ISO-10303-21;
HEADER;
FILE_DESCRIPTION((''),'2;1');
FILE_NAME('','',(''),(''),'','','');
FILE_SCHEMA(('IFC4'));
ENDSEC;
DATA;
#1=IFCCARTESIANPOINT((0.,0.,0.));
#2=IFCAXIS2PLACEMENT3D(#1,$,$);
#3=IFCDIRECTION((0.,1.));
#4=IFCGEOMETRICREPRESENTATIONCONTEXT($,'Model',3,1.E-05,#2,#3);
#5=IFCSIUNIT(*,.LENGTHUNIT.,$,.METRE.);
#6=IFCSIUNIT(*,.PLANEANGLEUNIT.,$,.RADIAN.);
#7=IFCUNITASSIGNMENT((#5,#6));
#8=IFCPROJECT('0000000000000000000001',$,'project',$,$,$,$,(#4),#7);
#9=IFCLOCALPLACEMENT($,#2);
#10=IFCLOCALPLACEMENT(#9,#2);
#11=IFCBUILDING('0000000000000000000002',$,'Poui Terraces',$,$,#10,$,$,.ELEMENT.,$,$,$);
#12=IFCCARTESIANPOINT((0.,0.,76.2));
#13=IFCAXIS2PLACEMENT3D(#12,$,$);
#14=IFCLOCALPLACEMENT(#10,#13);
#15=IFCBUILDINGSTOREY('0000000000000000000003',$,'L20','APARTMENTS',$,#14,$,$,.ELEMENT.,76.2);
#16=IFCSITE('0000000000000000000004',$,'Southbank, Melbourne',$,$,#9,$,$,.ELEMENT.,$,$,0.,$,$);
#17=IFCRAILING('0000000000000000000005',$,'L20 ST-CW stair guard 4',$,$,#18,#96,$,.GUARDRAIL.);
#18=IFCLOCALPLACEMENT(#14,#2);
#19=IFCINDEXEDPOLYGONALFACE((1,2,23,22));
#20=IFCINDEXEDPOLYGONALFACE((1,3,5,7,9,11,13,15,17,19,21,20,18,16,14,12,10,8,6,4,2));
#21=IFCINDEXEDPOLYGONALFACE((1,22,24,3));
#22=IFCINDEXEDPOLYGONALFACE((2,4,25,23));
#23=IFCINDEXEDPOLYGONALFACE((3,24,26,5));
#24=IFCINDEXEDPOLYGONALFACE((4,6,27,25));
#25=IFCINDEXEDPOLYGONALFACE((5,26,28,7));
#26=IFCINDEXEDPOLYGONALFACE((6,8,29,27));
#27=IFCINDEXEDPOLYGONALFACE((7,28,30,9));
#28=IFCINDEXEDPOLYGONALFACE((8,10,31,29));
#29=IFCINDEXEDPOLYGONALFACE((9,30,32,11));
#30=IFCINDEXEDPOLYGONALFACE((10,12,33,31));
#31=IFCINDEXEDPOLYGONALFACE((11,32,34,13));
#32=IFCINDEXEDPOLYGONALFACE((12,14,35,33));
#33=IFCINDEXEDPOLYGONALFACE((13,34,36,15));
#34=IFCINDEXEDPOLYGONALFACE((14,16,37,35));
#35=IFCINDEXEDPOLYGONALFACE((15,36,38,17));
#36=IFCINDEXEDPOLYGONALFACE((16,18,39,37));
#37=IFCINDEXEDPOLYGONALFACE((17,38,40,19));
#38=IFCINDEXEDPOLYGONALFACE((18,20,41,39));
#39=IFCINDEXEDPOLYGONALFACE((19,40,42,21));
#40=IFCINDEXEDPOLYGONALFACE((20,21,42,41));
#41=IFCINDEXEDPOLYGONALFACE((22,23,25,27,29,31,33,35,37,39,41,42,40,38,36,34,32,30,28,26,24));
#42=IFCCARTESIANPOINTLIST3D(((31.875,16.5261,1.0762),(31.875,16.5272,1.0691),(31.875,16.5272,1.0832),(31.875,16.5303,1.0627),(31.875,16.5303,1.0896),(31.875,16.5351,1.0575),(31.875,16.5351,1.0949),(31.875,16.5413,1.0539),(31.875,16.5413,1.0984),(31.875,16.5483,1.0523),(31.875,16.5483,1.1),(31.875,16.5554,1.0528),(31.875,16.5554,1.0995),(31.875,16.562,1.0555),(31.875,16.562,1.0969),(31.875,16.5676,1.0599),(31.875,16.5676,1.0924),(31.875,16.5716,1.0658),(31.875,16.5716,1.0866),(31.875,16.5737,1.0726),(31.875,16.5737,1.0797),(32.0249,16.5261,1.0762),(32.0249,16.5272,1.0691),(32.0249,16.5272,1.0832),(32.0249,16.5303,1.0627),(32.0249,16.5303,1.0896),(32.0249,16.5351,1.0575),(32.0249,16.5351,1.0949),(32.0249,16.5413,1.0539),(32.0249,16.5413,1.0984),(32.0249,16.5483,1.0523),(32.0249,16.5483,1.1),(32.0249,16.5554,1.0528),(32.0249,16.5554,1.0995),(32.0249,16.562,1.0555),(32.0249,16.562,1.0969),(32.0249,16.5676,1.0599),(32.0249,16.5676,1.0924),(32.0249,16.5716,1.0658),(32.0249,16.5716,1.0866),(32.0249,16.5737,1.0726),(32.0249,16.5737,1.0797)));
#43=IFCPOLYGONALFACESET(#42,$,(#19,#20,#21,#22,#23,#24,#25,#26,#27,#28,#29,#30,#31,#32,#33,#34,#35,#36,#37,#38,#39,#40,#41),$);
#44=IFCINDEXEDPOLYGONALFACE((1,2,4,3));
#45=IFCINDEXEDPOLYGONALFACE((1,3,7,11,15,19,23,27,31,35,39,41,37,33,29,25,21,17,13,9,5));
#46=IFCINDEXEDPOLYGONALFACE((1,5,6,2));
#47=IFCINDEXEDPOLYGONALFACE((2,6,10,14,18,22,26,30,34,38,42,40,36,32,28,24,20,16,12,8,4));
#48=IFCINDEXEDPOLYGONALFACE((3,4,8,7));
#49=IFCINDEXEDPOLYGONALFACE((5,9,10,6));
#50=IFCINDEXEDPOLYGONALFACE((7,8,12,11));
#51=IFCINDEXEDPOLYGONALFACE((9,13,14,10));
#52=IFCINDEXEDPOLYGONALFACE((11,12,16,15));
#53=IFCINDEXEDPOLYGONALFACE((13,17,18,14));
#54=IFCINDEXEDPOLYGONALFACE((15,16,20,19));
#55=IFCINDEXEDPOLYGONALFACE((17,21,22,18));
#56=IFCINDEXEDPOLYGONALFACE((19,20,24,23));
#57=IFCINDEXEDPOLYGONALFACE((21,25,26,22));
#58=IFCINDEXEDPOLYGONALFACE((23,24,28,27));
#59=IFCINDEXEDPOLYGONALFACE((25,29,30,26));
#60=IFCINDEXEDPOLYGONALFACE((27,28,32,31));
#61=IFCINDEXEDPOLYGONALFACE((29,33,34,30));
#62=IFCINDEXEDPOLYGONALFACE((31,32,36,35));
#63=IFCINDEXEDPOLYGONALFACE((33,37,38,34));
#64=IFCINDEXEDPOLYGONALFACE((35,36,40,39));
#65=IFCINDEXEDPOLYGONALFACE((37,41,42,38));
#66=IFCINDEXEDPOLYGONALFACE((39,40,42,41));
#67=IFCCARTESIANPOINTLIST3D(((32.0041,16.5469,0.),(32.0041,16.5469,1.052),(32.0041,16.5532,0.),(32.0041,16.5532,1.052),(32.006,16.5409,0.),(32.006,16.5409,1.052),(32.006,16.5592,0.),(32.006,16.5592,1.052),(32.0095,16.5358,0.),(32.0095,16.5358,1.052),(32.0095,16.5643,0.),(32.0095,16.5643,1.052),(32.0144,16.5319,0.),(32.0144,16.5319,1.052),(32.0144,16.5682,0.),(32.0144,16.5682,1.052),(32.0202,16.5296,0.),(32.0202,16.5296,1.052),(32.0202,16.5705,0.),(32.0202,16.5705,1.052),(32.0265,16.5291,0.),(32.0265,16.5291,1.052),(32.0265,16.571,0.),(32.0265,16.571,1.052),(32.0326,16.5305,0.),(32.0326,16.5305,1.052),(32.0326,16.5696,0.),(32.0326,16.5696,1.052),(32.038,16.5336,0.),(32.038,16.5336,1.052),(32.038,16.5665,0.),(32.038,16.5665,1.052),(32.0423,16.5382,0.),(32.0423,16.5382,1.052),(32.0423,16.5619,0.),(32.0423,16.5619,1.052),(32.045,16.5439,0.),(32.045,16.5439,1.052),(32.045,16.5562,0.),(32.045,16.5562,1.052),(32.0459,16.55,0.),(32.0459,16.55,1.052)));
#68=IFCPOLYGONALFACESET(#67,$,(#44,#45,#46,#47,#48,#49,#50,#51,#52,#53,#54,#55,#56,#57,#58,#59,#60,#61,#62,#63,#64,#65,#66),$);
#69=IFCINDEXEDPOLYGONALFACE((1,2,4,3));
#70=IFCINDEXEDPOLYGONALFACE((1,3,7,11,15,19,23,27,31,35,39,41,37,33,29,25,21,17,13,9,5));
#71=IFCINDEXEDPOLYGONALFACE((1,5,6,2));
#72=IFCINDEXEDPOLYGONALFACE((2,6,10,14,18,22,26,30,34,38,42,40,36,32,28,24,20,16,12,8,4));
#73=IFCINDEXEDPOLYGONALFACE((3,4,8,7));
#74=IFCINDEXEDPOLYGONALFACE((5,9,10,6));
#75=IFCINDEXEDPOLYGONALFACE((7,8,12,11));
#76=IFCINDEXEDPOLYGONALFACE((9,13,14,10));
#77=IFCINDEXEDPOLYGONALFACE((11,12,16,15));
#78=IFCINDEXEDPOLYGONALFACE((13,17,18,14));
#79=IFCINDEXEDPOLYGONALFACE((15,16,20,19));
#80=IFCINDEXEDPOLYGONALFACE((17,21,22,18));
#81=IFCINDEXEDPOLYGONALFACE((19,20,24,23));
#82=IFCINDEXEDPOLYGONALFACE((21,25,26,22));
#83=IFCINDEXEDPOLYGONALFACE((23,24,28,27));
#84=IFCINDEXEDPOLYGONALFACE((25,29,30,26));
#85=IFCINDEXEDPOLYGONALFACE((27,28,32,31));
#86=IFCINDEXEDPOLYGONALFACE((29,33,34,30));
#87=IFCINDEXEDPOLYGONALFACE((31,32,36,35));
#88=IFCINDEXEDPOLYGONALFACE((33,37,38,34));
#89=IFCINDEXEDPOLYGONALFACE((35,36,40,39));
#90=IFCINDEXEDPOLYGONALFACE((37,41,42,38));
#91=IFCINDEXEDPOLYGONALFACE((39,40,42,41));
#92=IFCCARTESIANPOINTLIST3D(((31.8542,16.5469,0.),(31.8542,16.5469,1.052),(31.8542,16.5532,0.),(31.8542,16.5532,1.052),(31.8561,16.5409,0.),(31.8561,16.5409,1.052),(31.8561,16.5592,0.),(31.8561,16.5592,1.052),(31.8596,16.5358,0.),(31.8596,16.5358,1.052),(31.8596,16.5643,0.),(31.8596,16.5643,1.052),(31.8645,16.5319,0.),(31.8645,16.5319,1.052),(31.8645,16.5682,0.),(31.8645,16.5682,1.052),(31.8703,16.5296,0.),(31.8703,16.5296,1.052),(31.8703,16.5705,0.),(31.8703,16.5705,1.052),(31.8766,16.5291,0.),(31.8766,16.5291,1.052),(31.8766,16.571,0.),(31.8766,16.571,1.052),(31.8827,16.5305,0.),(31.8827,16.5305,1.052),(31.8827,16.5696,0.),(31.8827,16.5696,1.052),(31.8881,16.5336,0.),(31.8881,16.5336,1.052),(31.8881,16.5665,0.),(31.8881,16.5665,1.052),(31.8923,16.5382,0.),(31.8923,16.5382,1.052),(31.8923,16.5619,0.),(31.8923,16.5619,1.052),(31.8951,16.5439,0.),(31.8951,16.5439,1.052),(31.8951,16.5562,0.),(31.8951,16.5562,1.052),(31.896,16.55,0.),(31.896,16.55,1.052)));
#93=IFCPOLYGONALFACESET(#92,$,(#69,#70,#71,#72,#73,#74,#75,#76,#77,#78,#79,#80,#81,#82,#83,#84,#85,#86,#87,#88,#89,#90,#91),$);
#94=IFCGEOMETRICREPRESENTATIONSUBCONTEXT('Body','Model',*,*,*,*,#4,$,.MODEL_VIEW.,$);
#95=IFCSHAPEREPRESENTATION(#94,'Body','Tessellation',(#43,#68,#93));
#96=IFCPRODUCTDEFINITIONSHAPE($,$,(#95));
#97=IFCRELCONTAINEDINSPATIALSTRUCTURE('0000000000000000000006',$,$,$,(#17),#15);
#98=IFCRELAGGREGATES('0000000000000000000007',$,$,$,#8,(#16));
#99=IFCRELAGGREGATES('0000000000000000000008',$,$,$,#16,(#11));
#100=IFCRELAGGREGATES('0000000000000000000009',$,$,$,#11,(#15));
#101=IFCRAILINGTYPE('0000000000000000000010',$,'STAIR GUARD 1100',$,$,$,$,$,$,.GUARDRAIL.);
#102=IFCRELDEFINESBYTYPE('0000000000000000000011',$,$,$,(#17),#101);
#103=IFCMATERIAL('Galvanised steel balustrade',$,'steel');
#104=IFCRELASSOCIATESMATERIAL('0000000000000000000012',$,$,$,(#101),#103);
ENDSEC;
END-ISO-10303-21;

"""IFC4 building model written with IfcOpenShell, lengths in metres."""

from ifc_helpers import new_model, si_unit, direction, frame, origin, origin_2d, place, context, subcontext, project, spatial, circle, extrude, material, type_object, element, save


model = new_model("IFC4")

# Units and contexts
model_context = context("Model", 3, precision=1e-05, world=origin(), true_north=direction((0.0, 1.0)))
body_context = subcontext(model_context, "Body", "Model", "MODEL_VIEW")
ifc_project = project(units=[si_unit("LENGTHUNIT", "METRE"), si_unit("PLANEANGLEUNIT", "RADIAN")], contexts=[model_context])

# Site, building, storey
site_placement = place(None, origin())
site = spatial("IfcSite", under=ifc_project, at=site_placement, Name="Southbank, Melbourne", CompositionType="ELEMENT", RefElevation=0.0)
building_placement = place(site_placement, origin())
building = spatial("IfcBuilding", under=site, at=building_placement, Name="Poui Terraces", CompositionType="ELEMENT")
storey_placement = place(building_placement, frame((0.0, 0.0, 76.2)))
storey = spatial("IfcBuildingStorey", under=building, at=storey_placement, Name="L20", Description="APARTMENTS", CompositionType="ELEMENT", Elevation=76.2)

# Railing
ifc_material_1 = material(Name="Galvanised steel balustrade", Category="steel")
railing_type_1 = type_object("IfcRailingType", Name="STAIR GUARD 1100", PredefinedType="GUARDRAIL", material=ifc_material_1)
railing_1_placement = place(storey_placement, frame((32.0249, 16.55, 0.0)))
element("IfcRailing", 1, at=railing_1_placement, inside=storey, type_object=railing_type_1, Name="L20 ST-CW stair guard 4", PredefinedType="GUARDRAIL", context=body_context, shape_type="SweptSolid", body=[
    extrude(circle(Radius=0.0239, at=origin_2d()), frame((0.0, 0.0, 1.0762), z_axis=(-1.0, 0.0, 0.0), x_axis=(0.0, -1.0, 0.0)), (0.0, 0.0, 1.0), 0.1499),
    extrude(circle(Radius=0.021, at=origin_2d()), origin(), (0.0, 0.0, 1.0), 1.052),
    extrude(circle(Radius=0.021, at=origin_2d()), frame((-0.1499, 0.0, 0.0)), (0.0, 0.0, 1.0), 1.052),
])

save(model, "model.ifc")
